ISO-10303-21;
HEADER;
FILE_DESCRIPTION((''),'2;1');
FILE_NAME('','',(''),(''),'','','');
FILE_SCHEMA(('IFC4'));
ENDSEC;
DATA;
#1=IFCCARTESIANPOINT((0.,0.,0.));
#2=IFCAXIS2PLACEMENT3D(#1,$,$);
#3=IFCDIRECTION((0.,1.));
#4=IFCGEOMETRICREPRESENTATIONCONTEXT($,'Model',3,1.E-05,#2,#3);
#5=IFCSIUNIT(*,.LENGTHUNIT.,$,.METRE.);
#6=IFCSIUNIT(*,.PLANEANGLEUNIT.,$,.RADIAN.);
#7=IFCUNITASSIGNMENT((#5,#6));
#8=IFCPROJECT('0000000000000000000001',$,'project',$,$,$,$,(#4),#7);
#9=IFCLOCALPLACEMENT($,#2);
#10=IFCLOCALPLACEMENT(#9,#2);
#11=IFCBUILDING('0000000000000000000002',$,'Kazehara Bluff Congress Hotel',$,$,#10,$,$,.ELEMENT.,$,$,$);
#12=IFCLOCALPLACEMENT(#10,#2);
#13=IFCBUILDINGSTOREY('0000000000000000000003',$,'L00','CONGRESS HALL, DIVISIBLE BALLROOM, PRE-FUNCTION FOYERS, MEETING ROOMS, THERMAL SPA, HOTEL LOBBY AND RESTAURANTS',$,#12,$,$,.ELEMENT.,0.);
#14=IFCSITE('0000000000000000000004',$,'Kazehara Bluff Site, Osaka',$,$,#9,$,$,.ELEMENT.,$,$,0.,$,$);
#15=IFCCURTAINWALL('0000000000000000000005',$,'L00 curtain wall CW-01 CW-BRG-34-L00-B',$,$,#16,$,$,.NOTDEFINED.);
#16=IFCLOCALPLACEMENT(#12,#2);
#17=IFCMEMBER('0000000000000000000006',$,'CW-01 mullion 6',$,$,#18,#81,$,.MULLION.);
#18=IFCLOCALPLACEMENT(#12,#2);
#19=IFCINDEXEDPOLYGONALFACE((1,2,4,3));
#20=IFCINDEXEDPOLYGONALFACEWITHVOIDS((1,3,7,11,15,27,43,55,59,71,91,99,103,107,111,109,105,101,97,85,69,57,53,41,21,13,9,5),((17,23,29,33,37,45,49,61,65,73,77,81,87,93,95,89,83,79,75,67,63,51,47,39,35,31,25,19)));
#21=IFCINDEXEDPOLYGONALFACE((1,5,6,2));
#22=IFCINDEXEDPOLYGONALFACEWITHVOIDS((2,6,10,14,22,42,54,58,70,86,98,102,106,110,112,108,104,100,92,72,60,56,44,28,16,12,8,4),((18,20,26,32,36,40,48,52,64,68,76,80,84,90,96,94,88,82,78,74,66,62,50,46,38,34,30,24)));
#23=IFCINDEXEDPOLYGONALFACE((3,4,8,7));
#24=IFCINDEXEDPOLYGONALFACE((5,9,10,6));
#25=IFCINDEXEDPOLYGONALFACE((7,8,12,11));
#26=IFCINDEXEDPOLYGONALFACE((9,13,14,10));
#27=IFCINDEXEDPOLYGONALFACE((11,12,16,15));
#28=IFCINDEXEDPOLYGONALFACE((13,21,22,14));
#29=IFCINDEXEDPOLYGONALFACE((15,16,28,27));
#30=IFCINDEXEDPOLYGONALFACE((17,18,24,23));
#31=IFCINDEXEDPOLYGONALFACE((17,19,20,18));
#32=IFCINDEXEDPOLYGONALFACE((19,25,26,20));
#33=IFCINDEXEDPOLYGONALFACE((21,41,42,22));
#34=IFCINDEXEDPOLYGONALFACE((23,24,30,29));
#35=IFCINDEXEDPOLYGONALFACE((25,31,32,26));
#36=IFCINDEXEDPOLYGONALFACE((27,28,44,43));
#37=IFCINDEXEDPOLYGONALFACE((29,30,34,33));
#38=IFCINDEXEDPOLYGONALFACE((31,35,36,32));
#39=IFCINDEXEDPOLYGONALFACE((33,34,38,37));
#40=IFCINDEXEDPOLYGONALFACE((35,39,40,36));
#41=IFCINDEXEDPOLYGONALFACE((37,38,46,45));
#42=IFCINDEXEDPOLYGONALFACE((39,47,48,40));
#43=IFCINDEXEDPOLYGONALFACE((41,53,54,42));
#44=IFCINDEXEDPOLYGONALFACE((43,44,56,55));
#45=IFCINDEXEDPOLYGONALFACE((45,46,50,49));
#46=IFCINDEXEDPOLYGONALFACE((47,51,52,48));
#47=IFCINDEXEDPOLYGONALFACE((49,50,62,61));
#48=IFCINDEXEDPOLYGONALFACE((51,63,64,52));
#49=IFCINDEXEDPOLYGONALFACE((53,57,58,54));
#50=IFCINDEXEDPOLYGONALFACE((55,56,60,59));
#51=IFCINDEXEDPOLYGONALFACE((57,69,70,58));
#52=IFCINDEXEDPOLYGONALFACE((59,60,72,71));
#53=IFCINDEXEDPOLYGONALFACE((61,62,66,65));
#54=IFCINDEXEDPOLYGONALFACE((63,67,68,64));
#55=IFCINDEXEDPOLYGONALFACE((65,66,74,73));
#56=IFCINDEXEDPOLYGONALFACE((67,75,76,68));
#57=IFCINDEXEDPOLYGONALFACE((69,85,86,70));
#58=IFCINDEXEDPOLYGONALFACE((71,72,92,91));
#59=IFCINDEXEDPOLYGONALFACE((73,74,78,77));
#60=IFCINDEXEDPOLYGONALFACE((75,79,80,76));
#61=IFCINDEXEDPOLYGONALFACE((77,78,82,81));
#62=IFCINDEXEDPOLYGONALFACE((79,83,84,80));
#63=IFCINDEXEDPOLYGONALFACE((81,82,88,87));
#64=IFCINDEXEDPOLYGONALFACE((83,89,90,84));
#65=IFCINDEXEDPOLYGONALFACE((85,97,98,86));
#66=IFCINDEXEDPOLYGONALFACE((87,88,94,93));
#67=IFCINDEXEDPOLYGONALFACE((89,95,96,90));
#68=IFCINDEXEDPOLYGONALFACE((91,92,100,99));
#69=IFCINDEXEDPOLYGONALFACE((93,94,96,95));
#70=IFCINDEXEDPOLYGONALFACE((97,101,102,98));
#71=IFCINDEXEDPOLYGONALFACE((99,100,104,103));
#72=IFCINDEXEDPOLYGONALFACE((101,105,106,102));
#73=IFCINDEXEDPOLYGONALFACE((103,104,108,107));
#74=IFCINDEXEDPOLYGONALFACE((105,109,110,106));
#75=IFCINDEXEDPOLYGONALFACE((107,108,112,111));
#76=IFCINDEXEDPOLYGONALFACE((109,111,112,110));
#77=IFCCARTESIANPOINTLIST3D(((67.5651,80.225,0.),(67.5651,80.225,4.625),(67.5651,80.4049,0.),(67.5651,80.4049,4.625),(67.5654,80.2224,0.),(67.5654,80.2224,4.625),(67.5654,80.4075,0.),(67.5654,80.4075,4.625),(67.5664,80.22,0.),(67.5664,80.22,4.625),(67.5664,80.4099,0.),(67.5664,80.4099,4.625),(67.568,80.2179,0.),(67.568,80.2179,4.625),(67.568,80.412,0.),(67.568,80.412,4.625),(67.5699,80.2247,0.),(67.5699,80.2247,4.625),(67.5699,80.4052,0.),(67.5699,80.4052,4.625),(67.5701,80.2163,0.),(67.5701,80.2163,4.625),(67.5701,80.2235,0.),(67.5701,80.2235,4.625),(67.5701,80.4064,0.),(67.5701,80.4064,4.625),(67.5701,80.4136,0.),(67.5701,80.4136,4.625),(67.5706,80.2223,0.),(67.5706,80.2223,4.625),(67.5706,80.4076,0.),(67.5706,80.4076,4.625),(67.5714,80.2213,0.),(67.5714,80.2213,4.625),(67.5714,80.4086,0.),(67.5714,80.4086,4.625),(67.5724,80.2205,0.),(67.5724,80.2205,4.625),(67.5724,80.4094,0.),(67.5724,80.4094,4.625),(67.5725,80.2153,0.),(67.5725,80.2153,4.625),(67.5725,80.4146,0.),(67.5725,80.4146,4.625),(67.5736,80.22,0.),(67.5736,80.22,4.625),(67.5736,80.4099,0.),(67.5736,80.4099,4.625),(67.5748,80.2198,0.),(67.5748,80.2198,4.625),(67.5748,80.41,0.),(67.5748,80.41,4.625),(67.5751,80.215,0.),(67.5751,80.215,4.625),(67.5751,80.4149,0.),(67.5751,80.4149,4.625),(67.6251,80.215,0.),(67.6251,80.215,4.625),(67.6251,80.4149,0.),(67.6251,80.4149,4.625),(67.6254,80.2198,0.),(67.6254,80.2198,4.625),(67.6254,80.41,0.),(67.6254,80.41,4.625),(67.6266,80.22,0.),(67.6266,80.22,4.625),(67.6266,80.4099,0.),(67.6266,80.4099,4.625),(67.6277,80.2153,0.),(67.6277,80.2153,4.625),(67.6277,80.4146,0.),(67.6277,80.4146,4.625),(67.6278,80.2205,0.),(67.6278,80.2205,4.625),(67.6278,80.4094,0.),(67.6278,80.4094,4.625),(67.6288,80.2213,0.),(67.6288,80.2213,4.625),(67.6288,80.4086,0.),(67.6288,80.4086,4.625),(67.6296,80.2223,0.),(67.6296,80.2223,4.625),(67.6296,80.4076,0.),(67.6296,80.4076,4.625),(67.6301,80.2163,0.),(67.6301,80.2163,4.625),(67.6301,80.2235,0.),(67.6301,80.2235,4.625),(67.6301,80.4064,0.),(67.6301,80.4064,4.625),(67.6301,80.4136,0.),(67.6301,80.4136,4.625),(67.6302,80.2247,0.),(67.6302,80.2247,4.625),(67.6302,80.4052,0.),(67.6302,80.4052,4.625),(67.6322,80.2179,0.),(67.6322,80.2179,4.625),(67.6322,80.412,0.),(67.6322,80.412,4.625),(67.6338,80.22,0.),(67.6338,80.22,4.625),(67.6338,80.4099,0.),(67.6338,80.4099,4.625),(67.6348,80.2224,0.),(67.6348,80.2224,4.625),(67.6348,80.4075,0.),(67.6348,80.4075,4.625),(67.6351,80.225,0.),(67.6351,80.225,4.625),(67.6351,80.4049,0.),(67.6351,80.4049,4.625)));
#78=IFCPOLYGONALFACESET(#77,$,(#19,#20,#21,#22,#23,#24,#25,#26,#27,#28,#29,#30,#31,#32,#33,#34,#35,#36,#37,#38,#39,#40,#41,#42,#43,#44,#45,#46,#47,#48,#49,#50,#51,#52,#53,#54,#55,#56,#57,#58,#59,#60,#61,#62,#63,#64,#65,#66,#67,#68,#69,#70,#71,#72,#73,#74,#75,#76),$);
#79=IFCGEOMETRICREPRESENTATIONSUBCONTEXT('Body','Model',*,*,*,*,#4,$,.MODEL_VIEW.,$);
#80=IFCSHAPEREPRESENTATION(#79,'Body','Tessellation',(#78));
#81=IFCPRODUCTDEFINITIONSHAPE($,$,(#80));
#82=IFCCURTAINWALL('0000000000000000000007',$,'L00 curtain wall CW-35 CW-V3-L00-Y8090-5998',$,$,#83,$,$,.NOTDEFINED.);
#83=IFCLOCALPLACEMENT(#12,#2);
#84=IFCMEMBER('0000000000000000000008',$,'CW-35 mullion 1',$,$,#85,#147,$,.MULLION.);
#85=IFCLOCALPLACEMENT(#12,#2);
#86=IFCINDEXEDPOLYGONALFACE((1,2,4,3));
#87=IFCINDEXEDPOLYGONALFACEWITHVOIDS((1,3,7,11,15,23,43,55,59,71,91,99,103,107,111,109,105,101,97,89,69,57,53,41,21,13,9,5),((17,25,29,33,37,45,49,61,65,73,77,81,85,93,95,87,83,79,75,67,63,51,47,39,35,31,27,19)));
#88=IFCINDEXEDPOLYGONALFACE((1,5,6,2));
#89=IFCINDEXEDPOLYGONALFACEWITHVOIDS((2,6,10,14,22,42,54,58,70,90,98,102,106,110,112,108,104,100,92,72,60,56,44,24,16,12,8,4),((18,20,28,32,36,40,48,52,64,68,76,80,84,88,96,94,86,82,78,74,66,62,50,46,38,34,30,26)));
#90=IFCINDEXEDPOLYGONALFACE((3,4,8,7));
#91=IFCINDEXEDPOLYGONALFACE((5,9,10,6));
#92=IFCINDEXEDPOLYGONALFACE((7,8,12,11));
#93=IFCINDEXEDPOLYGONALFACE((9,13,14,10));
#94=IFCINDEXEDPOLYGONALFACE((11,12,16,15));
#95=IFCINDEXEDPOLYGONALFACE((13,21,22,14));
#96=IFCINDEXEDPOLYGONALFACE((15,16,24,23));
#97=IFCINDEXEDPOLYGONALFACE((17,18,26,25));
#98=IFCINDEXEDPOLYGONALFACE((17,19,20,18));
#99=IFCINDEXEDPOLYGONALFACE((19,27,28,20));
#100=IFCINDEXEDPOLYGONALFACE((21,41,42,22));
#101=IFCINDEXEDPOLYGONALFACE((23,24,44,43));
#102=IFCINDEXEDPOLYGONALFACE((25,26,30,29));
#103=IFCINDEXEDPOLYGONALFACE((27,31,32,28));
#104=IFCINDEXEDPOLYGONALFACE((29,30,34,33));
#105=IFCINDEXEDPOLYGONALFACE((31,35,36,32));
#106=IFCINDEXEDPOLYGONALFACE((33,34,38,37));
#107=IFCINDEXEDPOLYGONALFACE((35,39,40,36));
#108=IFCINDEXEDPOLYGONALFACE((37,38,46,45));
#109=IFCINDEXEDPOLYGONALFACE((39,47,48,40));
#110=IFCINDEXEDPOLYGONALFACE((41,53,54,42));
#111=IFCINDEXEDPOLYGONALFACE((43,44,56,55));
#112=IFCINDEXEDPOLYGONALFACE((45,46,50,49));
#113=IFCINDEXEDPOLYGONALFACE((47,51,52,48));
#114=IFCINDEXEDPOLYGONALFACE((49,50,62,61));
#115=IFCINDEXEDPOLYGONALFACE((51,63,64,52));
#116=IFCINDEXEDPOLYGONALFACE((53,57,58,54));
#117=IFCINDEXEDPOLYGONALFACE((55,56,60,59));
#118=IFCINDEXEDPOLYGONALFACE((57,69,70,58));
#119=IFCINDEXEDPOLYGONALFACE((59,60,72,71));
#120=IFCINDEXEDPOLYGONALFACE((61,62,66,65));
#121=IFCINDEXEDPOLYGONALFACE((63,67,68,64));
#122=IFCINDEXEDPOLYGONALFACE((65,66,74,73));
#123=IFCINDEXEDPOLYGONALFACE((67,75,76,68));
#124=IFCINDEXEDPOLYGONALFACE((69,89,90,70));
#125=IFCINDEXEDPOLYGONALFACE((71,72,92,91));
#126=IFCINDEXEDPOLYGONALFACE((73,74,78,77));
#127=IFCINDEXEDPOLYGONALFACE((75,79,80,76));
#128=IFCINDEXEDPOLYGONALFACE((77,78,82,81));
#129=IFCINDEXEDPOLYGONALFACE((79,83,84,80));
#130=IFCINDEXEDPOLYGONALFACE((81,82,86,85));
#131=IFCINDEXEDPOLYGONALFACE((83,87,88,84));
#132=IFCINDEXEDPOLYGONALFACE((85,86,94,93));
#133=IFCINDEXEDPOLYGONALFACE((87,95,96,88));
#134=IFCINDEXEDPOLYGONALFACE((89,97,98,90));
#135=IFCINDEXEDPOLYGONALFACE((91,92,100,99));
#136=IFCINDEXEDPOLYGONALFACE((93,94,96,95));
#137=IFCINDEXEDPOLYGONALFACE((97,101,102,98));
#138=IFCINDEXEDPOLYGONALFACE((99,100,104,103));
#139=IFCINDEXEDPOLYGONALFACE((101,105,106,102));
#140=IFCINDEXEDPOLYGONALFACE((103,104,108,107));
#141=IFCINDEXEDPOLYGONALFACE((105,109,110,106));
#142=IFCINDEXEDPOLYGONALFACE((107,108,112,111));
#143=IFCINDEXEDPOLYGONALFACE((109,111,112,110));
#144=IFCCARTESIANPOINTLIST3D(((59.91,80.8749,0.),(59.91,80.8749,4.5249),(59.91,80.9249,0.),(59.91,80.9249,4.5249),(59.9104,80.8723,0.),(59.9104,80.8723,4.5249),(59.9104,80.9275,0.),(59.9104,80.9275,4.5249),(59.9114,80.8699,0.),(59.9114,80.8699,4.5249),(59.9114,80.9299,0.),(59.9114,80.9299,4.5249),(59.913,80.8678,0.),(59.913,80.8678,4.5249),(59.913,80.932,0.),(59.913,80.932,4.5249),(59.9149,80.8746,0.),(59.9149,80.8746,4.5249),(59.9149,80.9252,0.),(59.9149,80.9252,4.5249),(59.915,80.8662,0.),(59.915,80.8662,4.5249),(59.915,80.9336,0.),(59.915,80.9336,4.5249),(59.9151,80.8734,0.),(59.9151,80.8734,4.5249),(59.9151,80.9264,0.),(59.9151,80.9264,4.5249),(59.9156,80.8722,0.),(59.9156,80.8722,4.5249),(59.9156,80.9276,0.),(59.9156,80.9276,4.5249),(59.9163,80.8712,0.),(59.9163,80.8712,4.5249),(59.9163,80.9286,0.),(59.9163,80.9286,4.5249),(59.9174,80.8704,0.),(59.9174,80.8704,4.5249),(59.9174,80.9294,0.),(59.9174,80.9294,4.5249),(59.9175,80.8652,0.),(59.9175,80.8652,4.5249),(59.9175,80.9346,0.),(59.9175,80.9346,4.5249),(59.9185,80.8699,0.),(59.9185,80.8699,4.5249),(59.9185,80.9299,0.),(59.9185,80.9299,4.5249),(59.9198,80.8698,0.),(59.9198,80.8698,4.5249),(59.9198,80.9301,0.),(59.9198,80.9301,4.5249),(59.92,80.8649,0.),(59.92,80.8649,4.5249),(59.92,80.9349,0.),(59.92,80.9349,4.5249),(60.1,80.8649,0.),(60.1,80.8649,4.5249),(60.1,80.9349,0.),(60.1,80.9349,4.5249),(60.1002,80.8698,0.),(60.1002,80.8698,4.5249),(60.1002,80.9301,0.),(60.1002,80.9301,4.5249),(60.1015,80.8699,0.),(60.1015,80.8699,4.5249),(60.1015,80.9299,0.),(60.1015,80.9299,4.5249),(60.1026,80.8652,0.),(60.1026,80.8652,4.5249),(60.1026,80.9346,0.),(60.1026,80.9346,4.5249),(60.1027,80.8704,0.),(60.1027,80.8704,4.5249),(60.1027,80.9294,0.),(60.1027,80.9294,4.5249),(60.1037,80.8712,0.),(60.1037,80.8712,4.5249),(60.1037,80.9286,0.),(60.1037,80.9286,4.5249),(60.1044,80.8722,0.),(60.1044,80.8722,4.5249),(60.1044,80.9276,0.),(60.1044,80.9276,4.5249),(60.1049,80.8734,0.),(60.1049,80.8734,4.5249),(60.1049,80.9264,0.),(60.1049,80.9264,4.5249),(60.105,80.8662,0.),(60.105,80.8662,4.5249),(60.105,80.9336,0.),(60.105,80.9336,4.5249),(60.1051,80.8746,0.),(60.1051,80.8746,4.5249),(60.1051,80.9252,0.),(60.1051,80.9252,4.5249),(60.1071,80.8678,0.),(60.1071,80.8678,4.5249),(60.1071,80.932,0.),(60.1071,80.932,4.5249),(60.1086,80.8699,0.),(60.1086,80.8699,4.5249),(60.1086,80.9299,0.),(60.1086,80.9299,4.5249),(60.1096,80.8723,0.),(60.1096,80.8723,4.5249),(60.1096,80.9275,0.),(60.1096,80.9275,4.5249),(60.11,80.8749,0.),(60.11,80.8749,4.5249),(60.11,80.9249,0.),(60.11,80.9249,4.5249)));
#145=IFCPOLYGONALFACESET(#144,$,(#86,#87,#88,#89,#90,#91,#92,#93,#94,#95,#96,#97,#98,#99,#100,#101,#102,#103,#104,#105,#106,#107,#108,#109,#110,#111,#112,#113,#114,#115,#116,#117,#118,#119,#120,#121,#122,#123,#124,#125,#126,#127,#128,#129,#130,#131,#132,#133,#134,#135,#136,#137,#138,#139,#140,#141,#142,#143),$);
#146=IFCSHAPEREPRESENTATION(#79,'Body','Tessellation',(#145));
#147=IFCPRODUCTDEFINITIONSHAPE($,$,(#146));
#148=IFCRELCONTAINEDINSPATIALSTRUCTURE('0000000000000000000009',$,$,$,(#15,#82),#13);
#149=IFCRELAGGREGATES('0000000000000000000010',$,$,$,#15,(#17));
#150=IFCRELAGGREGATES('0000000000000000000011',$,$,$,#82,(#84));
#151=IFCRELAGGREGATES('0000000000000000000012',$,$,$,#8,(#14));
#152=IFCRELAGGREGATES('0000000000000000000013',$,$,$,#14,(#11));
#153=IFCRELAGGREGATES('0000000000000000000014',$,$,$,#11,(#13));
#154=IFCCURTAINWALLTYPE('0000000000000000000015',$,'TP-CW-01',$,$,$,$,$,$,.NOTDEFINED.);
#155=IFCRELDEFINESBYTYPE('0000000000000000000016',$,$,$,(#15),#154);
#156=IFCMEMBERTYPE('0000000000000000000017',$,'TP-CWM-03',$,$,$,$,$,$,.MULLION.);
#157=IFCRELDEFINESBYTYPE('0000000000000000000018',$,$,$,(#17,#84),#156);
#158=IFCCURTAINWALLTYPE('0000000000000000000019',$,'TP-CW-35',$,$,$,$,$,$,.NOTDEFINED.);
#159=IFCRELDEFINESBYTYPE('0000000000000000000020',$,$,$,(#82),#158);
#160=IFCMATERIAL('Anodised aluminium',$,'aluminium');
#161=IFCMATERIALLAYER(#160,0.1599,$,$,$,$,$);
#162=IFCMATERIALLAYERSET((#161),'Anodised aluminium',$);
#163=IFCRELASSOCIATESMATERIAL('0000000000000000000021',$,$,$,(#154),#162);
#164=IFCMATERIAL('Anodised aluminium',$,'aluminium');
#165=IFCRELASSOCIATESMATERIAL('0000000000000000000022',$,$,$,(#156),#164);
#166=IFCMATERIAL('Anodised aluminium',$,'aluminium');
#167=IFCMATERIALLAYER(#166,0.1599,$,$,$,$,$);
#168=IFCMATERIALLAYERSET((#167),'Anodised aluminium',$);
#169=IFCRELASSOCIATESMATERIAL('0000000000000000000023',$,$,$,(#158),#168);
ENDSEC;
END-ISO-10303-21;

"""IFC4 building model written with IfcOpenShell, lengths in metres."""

from ifc_helpers import new_model, si_unit, direction, frame, origin, origin_2d, place, context, subcontext, project, spatial, hollow_rectangle, extrude, material, layer, layer_set, material_profile, profile_set, type_object, element, aggregate, save


model = new_model("IFC4")

# Units and contexts
model_context = context("Model", 3, precision=1e-05, world=origin(), true_north=direction((0.0, 1.0)))
body_context = subcontext(model_context, "Body", "Model", "MODEL_VIEW")
ifc_project = project(units=[si_unit("LENGTHUNIT", "METRE"), si_unit("PLANEANGLEUNIT", "RADIAN")], contexts=[model_context])

# Site, building, storey
site_placement = place(None, origin())
site = spatial("IfcSite", under=ifc_project, at=site_placement, Name="Kazehara Bluff Site, Osaka", CompositionType="ELEMENT", RefElevation=0.0)
building_placement = place(site_placement, origin())
building = spatial("IfcBuilding", under=site, at=building_placement, Name="Kazehara Bluff Congress Hotel", CompositionType="ELEMENT")
storey_placement = place(building_placement, origin())
storey = spatial("IfcBuildingStorey", under=building, at=storey_placement, Name="L00", Description="CONGRESS HALL, DIVISIBLE BALLROOM, PRE-FUNCTION FOYERS, MEETING ROOMS, THERMAL SPA, HOTEL LOBBY AND RESTAURANTS", CompositionType="ELEMENT", Elevation=0.0)

# Curtain walls, members
ifc_material_1 = material(Name="Anodised aluminium", Category="aluminium")
ifc_layer_1 = layer(ifc_material_1, 0.1599)
ifc_layer_set_1 = layer_set([ifc_layer_1], Name="Anodised aluminium")
curtain_wall_type_1 = type_object("IfcCurtainWallType", Name="TP-CW-01", PredefinedType="NOTDEFINED", material=ifc_layer_set_1)
curtain_wall_1_placement = place(storey_placement, origin())
curtain_wall_1 = element("IfcCurtainWall", 1, at=curtain_wall_1_placement, inside=storey, type_object=curtain_wall_type_1, Name="L00 curtain wall CW-01 CW-BRG-34-L00-B", PredefinedType="NOTDEFINED")
ifc_material_2 = material(Name="Anodised aluminium", Category="aluminium")
ifc_material_profile_1 = material_profile(ifc_material_2, hollow_rectangle(XDim=0.0701, YDim=0.2, WallThickness=0.0049, InnerFilletRadius=0.0049, OuterFilletRadius=0.01, at=origin_2d()))
ifc_profile_set_1 = profile_set([ifc_material_profile_1], Name="Anodised aluminium")
member_type_1 = type_object("IfcMemberType", Name="TP-CWM-03", PredefinedType="MULLION", material=ifc_profile_set_1)
member_1_placement = place(storey_placement, frame((67.6001, 80.3149, 0.0), z_axis=(0.0, 0.0, 1.0), x_axis=(-1.0, 0.0, 0.0)))
member_1 = element("IfcMember", 2, at=member_1_placement, type_object=member_type_1, Name="CW-01 mullion 6", PredefinedType="MULLION", context=body_context, shape_type="SweptSolid", body=[
    extrude(hollow_rectangle(XDim=0.0701, YDim=0.2, WallThickness=0.0049, InnerFilletRadius=0.0049, OuterFilletRadius=0.01, at=origin_2d()), origin(), (0.0, 0.0, 1.0), 4.625),
])
ifc_material_3 = material(Name="Anodised aluminium", Category="aluminium")
ifc_layer_2 = layer(ifc_material_3, 0.1599)
ifc_layer_set_2 = layer_set([ifc_layer_2], Name="Anodised aluminium")
curtain_wall_type_2 = type_object("IfcCurtainWallType", Name="TP-CW-35", PredefinedType="NOTDEFINED", material=ifc_layer_set_2)
curtain_wall_2_placement = place(storey_placement, origin())
curtain_wall_2 = element("IfcCurtainWall", 3, at=curtain_wall_2_placement, inside=storey, type_object=curtain_wall_type_2, Name="L00 curtain wall CW-35 CW-V3-L00-Y8090-5998", PredefinedType="NOTDEFINED")
member_2_placement = place(storey_placement, frame((60.01, 80.8999, 0.0), z_axis=(0.0, 0.0, 1.0), x_axis=(0.0, 1.0, 0.0)))
member_2 = element("IfcMember", 4, at=member_2_placement, type_object=member_type_1, Name="CW-35 mullion 1", PredefinedType="MULLION", context=body_context, shape_type="SweptSolid", body=[
    extrude(hollow_rectangle(XDim=0.0701, YDim=0.2, WallThickness=0.0049, InnerFilletRadius=0.0049, OuterFilletRadius=0.01, at=origin_2d()), origin(), (0.0, 0.0, 1.0), 4.5249),
])

aggregate(curtain_wall_1, [member_1])
aggregate(curtain_wall_2, [member_2])

save(model, "model.ifc")
